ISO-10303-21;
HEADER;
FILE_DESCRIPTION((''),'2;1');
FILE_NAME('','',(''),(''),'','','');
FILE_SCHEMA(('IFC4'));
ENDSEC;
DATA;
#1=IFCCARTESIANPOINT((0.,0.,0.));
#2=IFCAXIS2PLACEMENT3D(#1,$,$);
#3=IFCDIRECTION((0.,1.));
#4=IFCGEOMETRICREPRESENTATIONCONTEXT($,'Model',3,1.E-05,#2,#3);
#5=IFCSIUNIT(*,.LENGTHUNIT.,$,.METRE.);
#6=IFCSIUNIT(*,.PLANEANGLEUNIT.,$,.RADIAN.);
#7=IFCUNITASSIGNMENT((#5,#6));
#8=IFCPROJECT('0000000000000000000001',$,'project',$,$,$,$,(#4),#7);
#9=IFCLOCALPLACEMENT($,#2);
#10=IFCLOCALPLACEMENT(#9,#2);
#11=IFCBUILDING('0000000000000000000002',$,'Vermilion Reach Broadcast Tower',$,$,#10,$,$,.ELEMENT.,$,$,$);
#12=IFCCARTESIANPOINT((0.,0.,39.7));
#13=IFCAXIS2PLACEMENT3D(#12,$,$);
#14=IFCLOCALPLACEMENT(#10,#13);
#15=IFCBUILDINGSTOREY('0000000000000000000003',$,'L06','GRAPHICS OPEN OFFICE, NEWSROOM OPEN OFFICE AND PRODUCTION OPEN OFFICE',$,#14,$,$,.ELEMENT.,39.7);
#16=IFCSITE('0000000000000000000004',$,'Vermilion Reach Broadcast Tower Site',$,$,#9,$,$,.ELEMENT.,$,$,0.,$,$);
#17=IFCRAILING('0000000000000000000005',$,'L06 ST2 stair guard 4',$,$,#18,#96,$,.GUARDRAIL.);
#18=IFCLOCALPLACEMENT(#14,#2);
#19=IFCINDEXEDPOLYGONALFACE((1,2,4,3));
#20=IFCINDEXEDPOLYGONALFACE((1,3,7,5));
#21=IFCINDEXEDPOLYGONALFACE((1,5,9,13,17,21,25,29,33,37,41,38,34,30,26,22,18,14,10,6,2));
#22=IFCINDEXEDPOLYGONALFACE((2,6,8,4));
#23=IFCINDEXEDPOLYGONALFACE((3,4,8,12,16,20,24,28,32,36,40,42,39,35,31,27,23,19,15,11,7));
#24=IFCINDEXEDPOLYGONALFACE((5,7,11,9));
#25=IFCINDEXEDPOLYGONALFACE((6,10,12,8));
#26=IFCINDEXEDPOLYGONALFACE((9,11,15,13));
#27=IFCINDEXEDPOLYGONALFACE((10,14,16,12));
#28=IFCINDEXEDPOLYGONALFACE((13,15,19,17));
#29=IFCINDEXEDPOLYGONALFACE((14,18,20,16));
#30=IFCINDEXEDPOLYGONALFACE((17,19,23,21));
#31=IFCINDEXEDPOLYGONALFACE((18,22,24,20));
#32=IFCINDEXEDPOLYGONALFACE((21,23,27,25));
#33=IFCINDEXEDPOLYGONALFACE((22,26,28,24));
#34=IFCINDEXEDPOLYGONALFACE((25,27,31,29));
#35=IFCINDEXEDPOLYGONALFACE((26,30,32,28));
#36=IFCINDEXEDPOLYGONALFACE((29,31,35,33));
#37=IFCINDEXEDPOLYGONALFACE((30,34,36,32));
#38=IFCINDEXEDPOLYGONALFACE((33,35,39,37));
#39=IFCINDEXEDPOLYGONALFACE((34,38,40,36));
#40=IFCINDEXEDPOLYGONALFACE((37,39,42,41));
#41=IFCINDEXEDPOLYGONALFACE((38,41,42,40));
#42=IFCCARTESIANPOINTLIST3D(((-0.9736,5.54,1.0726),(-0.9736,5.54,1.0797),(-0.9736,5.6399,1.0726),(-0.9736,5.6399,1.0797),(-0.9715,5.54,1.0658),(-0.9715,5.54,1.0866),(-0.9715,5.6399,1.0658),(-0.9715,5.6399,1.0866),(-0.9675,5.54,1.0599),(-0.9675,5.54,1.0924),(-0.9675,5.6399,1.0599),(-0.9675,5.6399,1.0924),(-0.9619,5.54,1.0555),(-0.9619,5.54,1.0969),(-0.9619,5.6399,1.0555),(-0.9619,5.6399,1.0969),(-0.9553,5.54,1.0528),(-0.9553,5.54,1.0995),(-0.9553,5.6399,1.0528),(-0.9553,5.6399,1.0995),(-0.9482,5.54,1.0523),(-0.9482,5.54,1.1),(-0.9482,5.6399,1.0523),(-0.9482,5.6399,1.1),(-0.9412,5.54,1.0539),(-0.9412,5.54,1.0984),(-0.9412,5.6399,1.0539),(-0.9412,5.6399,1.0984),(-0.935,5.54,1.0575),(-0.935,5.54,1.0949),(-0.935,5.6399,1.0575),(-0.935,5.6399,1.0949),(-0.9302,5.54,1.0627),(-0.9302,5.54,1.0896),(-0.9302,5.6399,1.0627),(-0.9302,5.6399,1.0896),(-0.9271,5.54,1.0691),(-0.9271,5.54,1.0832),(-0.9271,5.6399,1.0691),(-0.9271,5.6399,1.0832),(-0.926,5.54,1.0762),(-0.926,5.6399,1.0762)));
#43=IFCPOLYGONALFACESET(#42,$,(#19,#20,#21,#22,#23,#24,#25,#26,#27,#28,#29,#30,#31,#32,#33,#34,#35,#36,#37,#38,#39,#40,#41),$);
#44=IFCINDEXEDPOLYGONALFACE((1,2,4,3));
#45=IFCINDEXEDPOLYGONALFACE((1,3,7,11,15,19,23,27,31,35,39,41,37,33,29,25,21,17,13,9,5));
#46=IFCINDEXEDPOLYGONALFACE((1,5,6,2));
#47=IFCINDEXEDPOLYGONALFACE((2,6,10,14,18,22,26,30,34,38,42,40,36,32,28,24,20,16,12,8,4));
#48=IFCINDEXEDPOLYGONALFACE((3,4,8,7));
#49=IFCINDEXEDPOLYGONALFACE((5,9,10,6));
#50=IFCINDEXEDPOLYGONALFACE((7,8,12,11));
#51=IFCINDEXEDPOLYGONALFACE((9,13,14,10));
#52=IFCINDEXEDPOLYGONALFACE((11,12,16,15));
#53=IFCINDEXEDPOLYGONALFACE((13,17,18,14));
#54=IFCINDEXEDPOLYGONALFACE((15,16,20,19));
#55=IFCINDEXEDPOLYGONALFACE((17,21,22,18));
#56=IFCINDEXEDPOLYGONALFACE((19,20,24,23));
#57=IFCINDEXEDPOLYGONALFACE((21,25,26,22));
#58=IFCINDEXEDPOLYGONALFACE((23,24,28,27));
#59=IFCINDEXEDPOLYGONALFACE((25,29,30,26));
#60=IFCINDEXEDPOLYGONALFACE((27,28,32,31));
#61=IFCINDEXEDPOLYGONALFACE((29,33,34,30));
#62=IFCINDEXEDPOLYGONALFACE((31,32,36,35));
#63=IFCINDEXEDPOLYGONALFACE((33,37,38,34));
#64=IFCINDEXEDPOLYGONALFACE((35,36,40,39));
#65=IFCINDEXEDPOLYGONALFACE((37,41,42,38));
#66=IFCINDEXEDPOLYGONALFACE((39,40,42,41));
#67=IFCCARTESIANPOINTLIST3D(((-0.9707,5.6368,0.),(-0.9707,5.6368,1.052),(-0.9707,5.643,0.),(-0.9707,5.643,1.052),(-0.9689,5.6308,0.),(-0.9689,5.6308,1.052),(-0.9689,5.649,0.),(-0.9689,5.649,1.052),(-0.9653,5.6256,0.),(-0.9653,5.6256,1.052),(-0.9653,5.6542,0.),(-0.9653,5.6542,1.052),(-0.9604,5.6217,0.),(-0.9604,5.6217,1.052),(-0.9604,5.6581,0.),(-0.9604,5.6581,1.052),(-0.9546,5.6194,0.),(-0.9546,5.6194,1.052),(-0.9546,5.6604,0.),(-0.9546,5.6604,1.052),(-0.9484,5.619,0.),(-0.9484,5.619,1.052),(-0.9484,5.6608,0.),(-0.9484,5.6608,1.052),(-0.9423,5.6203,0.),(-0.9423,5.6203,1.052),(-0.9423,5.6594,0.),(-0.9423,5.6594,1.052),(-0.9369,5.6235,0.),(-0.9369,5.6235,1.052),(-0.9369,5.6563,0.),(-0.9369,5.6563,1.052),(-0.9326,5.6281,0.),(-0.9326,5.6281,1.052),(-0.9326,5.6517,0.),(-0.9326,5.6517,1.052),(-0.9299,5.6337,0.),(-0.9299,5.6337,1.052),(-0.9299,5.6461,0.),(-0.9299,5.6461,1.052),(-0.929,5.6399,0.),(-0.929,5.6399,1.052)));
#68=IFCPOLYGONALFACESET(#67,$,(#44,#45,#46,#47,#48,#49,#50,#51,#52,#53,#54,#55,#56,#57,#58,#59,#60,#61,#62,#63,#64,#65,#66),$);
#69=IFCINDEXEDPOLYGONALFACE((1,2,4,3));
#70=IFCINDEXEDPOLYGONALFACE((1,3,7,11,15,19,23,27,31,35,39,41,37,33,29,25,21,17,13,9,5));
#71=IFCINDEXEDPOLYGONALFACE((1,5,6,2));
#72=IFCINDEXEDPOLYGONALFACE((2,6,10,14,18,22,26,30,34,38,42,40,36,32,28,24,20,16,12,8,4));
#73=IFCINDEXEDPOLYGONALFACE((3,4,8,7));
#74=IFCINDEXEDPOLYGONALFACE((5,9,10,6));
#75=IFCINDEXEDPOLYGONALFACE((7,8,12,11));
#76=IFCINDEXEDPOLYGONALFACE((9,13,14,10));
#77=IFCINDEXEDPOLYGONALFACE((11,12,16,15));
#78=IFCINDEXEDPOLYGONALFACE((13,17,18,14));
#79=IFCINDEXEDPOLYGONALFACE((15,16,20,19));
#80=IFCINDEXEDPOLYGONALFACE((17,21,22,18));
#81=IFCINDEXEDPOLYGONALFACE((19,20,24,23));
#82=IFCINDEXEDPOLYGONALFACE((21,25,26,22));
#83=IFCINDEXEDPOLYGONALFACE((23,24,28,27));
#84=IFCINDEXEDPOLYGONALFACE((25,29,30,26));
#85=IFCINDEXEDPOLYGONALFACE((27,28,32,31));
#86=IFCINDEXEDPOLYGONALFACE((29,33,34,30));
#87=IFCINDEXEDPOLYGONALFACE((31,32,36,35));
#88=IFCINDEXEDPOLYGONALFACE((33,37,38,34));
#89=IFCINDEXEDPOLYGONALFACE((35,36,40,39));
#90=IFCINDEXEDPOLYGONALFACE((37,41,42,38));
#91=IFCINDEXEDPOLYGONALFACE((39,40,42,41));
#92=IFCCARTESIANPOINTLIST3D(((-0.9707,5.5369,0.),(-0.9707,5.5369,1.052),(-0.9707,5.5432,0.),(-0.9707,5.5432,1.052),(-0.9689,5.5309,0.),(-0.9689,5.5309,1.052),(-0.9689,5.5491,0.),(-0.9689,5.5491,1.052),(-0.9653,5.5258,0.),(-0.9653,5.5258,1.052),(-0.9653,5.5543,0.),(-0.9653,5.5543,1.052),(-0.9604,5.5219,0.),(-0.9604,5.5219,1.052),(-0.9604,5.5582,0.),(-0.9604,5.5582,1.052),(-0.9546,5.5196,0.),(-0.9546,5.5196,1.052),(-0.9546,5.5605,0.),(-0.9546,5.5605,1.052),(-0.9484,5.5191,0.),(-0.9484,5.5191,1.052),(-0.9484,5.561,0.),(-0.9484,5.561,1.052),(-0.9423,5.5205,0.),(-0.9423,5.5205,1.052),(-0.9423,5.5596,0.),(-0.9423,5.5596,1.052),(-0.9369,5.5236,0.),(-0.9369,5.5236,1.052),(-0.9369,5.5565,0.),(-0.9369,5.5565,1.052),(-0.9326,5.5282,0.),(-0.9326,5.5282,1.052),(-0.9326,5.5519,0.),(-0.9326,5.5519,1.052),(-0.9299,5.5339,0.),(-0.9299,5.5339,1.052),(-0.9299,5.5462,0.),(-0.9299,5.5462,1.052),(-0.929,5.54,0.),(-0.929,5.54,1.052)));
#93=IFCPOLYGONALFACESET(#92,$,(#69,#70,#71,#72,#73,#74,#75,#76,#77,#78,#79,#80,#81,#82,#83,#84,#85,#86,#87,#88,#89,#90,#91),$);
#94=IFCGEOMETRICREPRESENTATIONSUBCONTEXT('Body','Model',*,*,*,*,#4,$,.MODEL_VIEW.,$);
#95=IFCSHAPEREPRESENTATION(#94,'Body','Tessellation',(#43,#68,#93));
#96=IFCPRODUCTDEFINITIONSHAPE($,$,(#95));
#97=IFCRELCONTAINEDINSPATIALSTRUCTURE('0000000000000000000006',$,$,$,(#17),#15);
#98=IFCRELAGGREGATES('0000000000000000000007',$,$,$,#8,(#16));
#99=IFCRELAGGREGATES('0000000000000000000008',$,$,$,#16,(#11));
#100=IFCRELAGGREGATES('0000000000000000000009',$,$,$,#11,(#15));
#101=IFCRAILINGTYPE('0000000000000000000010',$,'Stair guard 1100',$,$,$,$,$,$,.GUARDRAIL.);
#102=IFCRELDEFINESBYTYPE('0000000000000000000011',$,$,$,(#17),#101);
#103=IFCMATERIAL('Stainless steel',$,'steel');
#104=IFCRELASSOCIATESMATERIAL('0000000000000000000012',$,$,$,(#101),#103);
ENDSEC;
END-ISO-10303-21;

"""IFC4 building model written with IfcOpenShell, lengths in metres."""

from ifc_helpers import new_model, si_unit, direction, frame, origin, origin_2d, place, context, subcontext, project, spatial, circle, extrude, material, type_object, element, save


model = new_model("IFC4")

# Units and contexts
model_context = context("Model", 3, precision=1e-05, world=origin(), true_north=direction((0.0, 1.0)))
body_context = subcontext(model_context, "Body", "Model", "MODEL_VIEW")
ifc_project = project(units=[si_unit("LENGTHUNIT", "METRE"), si_unit("PLANEANGLEUNIT", "RADIAN")], contexts=[model_context])

# Site, building, storey
site_placement = place(None, origin())
site = spatial("IfcSite", under=ifc_project, at=site_placement, Name="Vermilion Reach Broadcast Tower Site", CompositionType="ELEMENT", RefElevation=0.0)
building_placement = place(site_placement, origin())
building = spatial("IfcBuilding", under=site, at=building_placement, Name="Vermilion Reach Broadcast Tower", CompositionType="ELEMENT")
storey_placement = place(building_placement, frame((0.0, 0.0, 39.7)))
storey = spatial("IfcBuildingStorey", under=building, at=storey_placement, Name="L06", Description="GRAPHICS OPEN OFFICE, NEWSROOM OPEN OFFICE AND PRODUCTION OPEN OFFICE", CompositionType="ELEMENT", Elevation=39.7)

# Railing
ifc_material_1 = material(Name="Stainless steel", Category="steel")
railing_type_1 = type_object("IfcRailingType", Name="Stair guard 1100", PredefinedType="GUARDRAIL", material=ifc_material_1)
railing_1_placement = place(storey_placement, frame((-0.95, 5.6399, 0.0)))
element("IfcRailing", 1, at=railing_1_placement, inside=storey, type_object=railing_type_1, Name="L06 ST2 stair guard 4", PredefinedType="GUARDRAIL", context=body_context, shape_type="SweptSolid", body=[
    extrude(circle(Radius=0.0239, at=origin_2d()), frame((0.0, 0.0, 1.0762), z_axis=(0.0, -1.0, 0.0), x_axis=(1.0, 0.0, 0.0)), (0.0, 0.0, 1.0), 0.0999),
    extrude(circle(Radius=0.021, at=origin_2d()), origin(), (0.0, 0.0, 1.0), 1.052),
    extrude(circle(Radius=0.021, at=origin_2d()), frame((0.0, -0.0999, 0.0)), (0.0, 0.0, 1.0), 1.052),
])

save(model, "model.ifc")
